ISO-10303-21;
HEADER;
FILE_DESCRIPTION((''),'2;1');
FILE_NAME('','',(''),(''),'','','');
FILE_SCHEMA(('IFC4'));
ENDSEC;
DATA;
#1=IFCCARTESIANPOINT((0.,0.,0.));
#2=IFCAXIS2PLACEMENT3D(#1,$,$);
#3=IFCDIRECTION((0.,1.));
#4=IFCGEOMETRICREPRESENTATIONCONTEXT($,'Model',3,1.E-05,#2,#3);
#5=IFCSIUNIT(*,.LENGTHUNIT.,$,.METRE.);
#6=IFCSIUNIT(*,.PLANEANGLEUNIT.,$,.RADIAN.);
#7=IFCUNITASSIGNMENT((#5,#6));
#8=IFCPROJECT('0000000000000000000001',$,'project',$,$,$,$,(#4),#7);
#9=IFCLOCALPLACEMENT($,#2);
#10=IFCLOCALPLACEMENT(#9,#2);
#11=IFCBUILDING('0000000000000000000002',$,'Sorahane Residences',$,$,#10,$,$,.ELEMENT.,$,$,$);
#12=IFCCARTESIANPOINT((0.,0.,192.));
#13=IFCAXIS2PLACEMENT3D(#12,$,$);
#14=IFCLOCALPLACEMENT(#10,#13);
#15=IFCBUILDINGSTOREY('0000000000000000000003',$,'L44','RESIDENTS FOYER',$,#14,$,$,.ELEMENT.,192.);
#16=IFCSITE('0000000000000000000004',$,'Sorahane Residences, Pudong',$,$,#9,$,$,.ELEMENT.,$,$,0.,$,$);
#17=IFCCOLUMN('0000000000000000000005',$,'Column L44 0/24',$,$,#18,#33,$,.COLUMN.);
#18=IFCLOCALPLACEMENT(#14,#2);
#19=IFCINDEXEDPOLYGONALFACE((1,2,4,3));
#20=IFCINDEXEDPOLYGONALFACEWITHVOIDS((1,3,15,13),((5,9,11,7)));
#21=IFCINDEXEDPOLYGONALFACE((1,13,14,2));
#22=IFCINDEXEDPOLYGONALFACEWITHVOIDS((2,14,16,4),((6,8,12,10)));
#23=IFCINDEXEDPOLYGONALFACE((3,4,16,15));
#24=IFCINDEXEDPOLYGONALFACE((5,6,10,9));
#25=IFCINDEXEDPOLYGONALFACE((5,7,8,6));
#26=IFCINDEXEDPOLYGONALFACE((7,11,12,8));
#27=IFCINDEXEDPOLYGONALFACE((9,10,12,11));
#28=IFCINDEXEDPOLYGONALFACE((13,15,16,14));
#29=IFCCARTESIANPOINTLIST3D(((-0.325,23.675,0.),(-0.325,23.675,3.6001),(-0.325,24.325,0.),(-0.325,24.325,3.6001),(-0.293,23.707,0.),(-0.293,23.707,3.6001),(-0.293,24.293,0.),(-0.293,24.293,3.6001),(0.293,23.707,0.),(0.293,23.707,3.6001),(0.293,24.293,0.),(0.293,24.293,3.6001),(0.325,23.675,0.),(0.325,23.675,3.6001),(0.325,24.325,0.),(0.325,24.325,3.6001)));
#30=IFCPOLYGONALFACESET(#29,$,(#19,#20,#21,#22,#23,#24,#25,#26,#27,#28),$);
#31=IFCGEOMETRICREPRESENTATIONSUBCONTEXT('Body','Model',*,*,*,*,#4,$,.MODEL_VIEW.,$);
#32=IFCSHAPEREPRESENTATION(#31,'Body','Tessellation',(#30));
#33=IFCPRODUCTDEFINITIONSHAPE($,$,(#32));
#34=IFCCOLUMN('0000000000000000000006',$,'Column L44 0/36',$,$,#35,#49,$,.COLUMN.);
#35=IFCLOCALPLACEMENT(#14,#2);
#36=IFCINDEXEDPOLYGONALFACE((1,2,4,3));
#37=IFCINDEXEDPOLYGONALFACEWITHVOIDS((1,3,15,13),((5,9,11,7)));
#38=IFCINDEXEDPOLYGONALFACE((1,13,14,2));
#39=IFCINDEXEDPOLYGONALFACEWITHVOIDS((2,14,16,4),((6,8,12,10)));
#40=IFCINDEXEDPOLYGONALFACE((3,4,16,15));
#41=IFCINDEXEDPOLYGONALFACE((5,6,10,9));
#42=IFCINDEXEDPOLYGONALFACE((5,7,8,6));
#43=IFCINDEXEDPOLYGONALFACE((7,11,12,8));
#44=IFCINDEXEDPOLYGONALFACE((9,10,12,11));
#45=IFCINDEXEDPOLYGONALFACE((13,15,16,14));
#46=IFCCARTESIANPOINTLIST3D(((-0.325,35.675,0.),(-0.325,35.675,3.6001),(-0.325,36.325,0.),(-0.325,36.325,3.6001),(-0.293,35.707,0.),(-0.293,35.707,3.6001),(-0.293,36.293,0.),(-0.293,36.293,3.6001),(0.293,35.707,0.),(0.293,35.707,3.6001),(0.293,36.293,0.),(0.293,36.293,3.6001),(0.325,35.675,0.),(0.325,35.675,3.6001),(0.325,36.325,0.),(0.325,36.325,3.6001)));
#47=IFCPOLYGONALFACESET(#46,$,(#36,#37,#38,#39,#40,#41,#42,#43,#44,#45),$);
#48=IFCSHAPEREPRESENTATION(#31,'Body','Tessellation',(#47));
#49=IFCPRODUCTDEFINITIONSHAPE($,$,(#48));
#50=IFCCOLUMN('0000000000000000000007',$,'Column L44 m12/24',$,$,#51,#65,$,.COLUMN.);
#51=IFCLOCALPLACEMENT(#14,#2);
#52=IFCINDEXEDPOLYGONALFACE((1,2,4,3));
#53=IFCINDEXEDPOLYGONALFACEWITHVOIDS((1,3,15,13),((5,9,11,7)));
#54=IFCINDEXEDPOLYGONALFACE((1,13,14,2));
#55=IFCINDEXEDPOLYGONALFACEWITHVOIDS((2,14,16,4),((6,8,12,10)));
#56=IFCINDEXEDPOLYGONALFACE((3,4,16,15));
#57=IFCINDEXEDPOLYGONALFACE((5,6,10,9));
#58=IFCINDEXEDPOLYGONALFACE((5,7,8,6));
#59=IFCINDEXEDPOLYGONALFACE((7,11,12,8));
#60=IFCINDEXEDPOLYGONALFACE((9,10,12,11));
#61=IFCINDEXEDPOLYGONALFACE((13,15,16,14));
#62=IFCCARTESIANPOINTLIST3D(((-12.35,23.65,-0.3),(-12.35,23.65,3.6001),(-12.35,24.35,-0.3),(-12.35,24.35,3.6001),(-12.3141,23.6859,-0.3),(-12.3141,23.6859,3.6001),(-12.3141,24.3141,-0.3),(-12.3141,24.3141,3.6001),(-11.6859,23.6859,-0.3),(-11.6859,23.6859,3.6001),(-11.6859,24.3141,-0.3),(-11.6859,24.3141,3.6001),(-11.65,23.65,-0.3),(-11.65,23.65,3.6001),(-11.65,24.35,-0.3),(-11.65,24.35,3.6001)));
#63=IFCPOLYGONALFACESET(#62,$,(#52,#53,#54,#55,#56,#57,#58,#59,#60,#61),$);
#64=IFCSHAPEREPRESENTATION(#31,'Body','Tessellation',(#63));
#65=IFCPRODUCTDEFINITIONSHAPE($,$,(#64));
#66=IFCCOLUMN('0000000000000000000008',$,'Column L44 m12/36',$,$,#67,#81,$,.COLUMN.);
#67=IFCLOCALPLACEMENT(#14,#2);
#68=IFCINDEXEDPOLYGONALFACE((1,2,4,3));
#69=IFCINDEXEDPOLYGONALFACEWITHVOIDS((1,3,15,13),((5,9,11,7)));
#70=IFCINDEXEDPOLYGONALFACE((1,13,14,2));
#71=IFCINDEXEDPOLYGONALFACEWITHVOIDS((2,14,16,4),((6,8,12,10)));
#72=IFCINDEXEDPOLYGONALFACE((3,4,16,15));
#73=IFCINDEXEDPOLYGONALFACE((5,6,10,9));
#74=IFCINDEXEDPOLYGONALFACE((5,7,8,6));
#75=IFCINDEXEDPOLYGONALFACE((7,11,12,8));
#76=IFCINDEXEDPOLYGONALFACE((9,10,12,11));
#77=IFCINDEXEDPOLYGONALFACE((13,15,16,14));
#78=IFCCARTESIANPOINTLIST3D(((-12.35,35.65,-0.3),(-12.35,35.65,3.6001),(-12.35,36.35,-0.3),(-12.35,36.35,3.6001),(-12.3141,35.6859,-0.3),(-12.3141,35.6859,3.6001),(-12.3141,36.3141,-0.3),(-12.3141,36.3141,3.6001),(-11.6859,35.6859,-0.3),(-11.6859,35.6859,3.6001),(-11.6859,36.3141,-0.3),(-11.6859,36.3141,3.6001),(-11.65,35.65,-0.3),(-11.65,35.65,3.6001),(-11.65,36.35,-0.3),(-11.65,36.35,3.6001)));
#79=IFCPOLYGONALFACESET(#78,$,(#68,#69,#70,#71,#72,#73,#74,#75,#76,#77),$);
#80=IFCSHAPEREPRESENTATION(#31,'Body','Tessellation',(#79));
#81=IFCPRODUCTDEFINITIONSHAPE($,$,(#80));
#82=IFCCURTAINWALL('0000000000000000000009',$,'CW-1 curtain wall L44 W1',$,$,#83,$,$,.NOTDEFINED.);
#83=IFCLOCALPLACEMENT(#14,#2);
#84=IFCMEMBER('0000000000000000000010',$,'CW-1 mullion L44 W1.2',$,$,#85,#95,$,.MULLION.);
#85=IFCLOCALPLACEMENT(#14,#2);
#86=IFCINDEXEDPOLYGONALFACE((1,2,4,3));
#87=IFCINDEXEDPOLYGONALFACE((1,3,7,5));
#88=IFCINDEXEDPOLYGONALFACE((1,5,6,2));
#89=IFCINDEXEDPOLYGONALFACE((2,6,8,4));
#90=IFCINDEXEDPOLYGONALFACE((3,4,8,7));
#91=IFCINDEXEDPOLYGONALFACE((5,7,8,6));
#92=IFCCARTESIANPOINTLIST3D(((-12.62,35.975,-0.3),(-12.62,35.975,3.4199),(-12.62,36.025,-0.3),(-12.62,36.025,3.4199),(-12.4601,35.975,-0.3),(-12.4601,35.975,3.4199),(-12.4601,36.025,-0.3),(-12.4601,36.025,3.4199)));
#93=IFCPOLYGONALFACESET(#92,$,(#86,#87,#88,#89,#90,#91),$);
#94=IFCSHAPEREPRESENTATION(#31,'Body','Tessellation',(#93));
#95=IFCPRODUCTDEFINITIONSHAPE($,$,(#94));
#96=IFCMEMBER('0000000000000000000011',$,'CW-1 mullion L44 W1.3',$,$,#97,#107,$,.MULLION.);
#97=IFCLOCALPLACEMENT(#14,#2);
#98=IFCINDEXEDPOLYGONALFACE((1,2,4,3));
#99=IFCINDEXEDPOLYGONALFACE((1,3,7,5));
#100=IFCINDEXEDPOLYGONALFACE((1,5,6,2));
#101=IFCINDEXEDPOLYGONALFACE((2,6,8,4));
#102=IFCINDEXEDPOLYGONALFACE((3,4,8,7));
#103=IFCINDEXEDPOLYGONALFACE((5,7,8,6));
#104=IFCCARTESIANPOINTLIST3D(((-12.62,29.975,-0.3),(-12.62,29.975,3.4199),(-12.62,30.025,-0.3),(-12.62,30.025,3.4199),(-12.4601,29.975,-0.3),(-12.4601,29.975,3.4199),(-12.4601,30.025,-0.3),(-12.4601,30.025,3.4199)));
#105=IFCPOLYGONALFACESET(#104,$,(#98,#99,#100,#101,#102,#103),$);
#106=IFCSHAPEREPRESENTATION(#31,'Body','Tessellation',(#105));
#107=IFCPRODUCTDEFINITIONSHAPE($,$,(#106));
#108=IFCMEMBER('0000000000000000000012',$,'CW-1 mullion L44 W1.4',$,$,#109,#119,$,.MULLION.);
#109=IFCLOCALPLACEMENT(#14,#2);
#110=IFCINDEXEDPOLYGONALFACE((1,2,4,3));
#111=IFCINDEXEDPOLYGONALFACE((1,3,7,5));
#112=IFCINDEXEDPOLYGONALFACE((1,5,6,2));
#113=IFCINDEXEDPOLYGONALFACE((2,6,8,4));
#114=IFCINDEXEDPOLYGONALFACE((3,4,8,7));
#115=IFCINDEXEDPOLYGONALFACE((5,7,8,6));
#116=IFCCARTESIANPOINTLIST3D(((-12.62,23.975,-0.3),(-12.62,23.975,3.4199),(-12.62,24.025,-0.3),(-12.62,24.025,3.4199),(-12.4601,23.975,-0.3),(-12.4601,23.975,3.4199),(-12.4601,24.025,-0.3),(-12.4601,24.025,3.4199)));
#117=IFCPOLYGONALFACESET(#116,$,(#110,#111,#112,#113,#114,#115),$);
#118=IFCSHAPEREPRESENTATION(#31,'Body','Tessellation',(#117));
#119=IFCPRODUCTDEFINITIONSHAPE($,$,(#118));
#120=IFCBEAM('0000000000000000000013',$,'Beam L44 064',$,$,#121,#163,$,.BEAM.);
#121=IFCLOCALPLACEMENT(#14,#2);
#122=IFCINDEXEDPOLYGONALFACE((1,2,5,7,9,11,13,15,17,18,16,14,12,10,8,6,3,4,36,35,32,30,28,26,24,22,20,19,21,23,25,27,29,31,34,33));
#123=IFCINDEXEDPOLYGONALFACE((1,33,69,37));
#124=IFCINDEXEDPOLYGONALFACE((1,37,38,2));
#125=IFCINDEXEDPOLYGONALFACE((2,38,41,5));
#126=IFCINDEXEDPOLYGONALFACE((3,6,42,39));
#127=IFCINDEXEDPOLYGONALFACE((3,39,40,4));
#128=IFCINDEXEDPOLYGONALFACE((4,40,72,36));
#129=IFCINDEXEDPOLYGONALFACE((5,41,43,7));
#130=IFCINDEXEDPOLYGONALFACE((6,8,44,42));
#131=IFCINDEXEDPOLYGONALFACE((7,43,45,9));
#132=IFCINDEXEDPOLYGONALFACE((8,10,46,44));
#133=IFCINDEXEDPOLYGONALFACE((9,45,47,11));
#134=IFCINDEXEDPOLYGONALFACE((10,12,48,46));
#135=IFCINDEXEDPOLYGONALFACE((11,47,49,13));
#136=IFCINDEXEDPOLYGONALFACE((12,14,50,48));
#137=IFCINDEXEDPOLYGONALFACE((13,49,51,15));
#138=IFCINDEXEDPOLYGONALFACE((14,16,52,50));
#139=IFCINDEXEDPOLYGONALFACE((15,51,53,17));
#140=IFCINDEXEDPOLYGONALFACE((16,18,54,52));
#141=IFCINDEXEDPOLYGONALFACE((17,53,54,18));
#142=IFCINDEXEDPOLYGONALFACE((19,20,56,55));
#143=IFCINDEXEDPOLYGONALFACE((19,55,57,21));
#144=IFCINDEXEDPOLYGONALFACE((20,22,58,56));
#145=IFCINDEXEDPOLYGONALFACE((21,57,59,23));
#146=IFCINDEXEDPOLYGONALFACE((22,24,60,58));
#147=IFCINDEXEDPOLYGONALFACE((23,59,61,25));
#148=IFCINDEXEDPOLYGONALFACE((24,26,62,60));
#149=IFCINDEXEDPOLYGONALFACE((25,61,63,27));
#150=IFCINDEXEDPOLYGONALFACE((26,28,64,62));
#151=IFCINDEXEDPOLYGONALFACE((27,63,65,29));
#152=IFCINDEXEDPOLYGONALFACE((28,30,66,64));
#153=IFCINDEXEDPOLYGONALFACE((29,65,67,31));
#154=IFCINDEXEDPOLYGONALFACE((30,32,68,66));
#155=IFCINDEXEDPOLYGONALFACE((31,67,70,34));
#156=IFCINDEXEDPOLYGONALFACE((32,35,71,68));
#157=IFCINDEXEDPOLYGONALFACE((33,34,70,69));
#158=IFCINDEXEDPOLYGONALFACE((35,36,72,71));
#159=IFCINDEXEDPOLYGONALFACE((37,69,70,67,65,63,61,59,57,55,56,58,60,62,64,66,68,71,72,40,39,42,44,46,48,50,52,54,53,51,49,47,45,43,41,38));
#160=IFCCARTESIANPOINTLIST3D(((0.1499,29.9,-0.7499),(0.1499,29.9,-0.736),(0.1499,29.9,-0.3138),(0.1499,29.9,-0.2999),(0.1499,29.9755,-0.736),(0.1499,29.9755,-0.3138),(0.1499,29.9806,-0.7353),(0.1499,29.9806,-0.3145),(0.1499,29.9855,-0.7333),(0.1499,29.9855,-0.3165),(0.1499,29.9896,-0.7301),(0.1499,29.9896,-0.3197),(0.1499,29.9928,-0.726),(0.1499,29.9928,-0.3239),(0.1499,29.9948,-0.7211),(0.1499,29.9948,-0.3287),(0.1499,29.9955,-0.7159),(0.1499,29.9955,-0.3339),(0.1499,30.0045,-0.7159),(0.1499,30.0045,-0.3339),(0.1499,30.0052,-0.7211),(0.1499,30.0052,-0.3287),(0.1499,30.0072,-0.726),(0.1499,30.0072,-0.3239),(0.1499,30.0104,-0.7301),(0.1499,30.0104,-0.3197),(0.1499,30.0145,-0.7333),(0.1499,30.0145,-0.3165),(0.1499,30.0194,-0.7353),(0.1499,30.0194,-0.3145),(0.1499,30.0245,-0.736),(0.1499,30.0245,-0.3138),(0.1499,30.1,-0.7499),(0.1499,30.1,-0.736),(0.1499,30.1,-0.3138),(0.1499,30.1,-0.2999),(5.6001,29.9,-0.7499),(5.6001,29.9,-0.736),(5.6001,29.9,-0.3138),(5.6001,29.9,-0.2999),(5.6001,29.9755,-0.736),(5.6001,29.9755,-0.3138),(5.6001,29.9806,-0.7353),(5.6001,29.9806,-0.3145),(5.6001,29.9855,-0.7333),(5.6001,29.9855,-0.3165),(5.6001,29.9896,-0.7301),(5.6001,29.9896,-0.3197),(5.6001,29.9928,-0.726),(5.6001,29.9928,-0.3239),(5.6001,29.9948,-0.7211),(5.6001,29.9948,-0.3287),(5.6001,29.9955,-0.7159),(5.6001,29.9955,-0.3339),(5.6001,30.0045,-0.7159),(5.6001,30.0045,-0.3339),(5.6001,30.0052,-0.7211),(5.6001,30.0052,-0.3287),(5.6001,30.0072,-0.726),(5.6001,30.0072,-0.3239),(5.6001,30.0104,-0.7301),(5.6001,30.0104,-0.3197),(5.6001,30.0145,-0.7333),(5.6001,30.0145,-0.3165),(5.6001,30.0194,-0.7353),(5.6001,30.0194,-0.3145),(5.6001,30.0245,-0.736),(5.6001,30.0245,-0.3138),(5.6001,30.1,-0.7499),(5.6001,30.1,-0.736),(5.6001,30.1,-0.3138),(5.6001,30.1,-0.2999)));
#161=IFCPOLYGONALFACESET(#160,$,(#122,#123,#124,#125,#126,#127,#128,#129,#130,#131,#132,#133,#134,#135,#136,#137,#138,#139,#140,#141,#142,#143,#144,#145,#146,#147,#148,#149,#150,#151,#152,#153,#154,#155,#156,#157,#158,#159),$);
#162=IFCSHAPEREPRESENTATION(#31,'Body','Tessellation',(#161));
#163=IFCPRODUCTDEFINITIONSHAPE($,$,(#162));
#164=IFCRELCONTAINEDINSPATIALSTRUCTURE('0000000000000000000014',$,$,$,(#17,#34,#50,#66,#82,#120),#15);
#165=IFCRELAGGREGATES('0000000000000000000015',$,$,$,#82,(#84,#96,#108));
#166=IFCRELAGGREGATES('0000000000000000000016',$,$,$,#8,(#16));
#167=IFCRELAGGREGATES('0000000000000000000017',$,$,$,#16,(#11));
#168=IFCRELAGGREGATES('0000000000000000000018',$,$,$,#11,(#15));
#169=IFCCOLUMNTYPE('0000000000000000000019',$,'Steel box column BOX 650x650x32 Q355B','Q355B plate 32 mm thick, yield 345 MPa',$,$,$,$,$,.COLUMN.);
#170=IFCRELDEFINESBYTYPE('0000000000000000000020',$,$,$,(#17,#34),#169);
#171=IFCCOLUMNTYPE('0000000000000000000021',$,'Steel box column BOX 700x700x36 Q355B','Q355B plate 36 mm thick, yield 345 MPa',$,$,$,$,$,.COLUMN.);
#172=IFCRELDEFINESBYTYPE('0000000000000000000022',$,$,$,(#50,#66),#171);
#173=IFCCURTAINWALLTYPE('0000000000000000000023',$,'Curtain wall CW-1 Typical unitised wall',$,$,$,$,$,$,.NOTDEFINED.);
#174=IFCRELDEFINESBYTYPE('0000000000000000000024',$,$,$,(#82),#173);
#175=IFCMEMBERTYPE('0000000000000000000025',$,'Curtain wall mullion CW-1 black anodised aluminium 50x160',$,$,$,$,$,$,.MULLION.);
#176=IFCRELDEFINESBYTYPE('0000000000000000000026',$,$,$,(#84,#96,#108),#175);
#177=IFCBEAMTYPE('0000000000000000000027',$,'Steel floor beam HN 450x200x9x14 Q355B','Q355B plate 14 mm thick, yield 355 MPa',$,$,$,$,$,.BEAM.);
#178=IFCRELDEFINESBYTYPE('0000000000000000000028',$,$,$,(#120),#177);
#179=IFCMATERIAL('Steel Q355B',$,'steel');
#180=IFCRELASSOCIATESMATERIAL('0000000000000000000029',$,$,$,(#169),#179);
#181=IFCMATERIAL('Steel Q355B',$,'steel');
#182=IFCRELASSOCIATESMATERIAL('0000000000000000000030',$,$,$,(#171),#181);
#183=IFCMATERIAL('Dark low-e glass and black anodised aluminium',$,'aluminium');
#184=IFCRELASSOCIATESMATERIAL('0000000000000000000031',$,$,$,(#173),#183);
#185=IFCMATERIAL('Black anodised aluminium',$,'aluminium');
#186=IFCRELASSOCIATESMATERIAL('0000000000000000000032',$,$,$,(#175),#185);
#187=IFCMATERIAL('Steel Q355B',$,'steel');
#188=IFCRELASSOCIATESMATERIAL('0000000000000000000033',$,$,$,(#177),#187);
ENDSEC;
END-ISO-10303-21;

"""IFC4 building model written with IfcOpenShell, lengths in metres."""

from ifc_helpers import new_model, si_unit, direction, frame, origin, origin_2d, place, context, subcontext, project, spatial, rectangle, hollow_rectangle, i_section, extrude, material, material_profile, profile_set, type_object, element, aggregate, save


model = new_model("IFC4")

# Units and contexts
model_context = context("Model", 3, precision=1e-05, world=origin(), true_north=direction((0.0, 1.0)))
body_context = subcontext(model_context, "Body", "Model", "MODEL_VIEW")
ifc_project = project(units=[si_unit("LENGTHUNIT", "METRE"), si_unit("PLANEANGLEUNIT", "RADIAN")], contexts=[model_context])

# Site, building, storey
site_placement = place(None, origin())
site = spatial("IfcSite", under=ifc_project, at=site_placement, Name="Sorahane Residences, Pudong", CompositionType="ELEMENT", RefElevation=0.0)
building_placement = place(site_placement, origin())
building = spatial("IfcBuilding", under=site, at=building_placement, Name="Sorahane Residences", CompositionType="ELEMENT")
storey_placement = place(building_placement, frame((0.0, 0.0, 192.0)))
storey = spatial("IfcBuildingStorey", under=building, at=storey_placement, Name="L44", Description="RESIDENTS FOYER", CompositionType="ELEMENT", Elevation=192.0)

# Columns
ifc_material_1 = material(Name="Steel Q355B", Category="steel")
ifc_material_profile_1 = material_profile(ifc_material_1, hollow_rectangle(XDim=0.6499, YDim=0.6499, WallThickness=0.032, at=origin_2d()), Name="BOX 650x650x32")
ifc_profile_set_1 = profile_set([ifc_material_profile_1], Name="Steel Q355B")
column_type_1 = type_object("IfcColumnType", Name="Steel box column BOX 650x650x32 Q355B", Description="Q355B plate 32 mm thick, yield 345 MPa", PredefinedType="COLUMN", material=ifc_profile_set_1)
for number, where, z_axis, x_axis, name in (
    (1, (0.0, 24.0, 0.0), (0.0, 0.0, 1.0), (1.0, 0.0, 0.0), "Column L44 0/24"),
    (2, (0.0, 36.0, 0.0), (0.0, 0.0, 1.0), (1.0, 0.0, 0.0), "Column L44 0/36"),
):
    element("IfcColumn", number, at=place(storey_placement, frame(where, z_axis=z_axis, x_axis=x_axis)), inside=storey, type_object=column_type_1, Name=name, PredefinedType="COLUMN", context=body_context, shape_type="SweptSolid", body=[
        extrude(hollow_rectangle(XDim=0.6499, YDim=0.6499, WallThickness=0.032, at=origin_2d()), origin(), (0.0, 0.0, 1.0), 3.6001),
    ])
ifc_material_2 = material(Name="Steel Q355B", Category="steel")
ifc_material_profile_2 = material_profile(ifc_material_2, hollow_rectangle(XDim=0.7, YDim=0.7, WallThickness=0.0359, at=origin_2d()), Name="BOX 700x700x36")
ifc_profile_set_2 = profile_set([ifc_material_profile_2], Name="Steel Q355B")
column_type_2 = type_object("IfcColumnType", Name="Steel box column BOX 700x700x36 Q355B", Description="Q355B plate 36 mm thick, yield 345 MPa", PredefinedType="COLUMN", material=ifc_profile_set_2)
for number, where, z_axis, x_axis, name in (
    (3, (-12.0, 24.0, -0.3), (0.0, 0.0, 1.0), (1.0, 0.0, 0.0), "Column L44 m12/24"),
    (4, (-12.0, 36.0, -0.3), (0.0, 0.0, 1.0), (1.0, 0.0, 0.0), "Column L44 m12/36"),
):
    element("IfcColumn", number, at=place(storey_placement, frame(where, z_axis=z_axis, x_axis=x_axis)), inside=storey, type_object=column_type_2, Name=name, PredefinedType="COLUMN", context=body_context, shape_type="SweptSolid", body=[
        extrude(hollow_rectangle(XDim=0.7, YDim=0.7, WallThickness=0.0359, at=origin_2d()), origin(), (0.0, 0.0, 1.0), 3.9001),
    ])

# Curtain wall, members
ifc_material_3 = material(Name="Dark low-e glass and black anodised aluminium", Category="aluminium")
curtain_wall_type = type_object("IfcCurtainWallType", Name="Curtain wall CW-1 Typical unitised wall", PredefinedType="NOTDEFINED", material=ifc_material_3)
curtain_wall_placement = place(storey_placement, origin())
curtain_wall = element("IfcCurtainWall", 5, at=curtain_wall_placement, inside=storey, type_object=curtain_wall_type, Name="CW-1 curtain wall L44 W1", PredefinedType="NOTDEFINED")
ifc_material_4 = material(Name="Black anodised aluminium", Category="aluminium")
ifc_material_profile_3 = material_profile(ifc_material_4, rectangle(XDim=0.1599, YDim=0.05, at=origin_2d()), Name="Curtain wall mullion CW-1 black anodised aluminium 50x160")
ifc_profile_set_3 = profile_set([ifc_material_profile_3], Name="Black anodised aluminium")
member_type = type_object("IfcMemberType", Name="Curtain wall mullion CW-1 black anodised aluminium 50x160", PredefinedType="MULLION", material=ifc_profile_set_3)
member_1_placement = place(storey_placement, frame((-12.54, 36.0, -0.3), z_axis=(0.0, 0.0, 1.0), x_axis=(-1.0, 0.0, 0.0)))
member_1 = element("IfcMember", 6, at=member_1_placement, type_object=member_type, Name="CW-1 mullion L44 W1.2", PredefinedType="MULLION", context=body_context, shape_type="SweptSolid", body=[
    extrude(rectangle(XDim=0.1599, YDim=0.05, at=origin_2d()), origin(), (0.0, 0.0, 1.0), 3.72),
])
member_2_placement = place(storey_placement, frame((-12.54, 30.0, -0.3), z_axis=(0.0, 0.0, 1.0), x_axis=(-1.0, 0.0, 0.0)))
member_2 = element("IfcMember", 7, at=member_2_placement, type_object=member_type, Name="CW-1 mullion L44 W1.3", PredefinedType="MULLION", context=body_context, shape_type="SweptSolid", body=[
    extrude(rectangle(XDim=0.1599, YDim=0.05, at=origin_2d()), origin(), (0.0, 0.0, 1.0), 3.72),
])
member_3_placement = place(storey_placement, frame((-12.54, 24.0, -0.3), z_axis=(0.0, 0.0, 1.0), x_axis=(-1.0, 0.0, 0.0)))
member_3 = element("IfcMember", 8, at=member_3_placement, type_object=member_type, Name="CW-1 mullion L44 W1.4", PredefinedType="MULLION", context=body_context, shape_type="SweptSolid", body=[
    extrude(rectangle(XDim=0.1599, YDim=0.05, at=origin_2d()), origin(), (0.0, 0.0, 1.0), 3.72),
])

# Beam
ifc_material_5 = material(Name="Steel Q355B", Category="steel")
ifc_material_profile_4 = material_profile(ifc_material_5, i_section(OverallWidth=0.2, OverallDepth=0.45, WebThickness=0.009, FlangeThickness=0.0139, FilletRadius=0.02, at=origin_2d()), Name="HN 450x200x9x14")
ifc_profile_set_4 = profile_set([ifc_material_profile_4], Name="Steel Q355B")
beam_type_1 = type_object("IfcBeamType", Name="Steel floor beam HN 450x200x9x14 Q355B", Description="Q355B plate 14 mm thick, yield 355 MPa", PredefinedType="BEAM", material=ifc_profile_set_4)
beam_1_placement = place(storey_placement, frame((0.1499, 30.0, -0.5249), z_axis=(1.0, 0.0, 0.0), x_axis=(0.0, 1.0, 0.0)))
element("IfcBeam", 9, at=beam_1_placement, inside=storey, type_object=beam_type_1, Name="Beam L44 064", PredefinedType="BEAM", context=body_context, shape_type="SweptSolid", body=[
    extrude(i_section(OverallWidth=0.2, OverallDepth=0.45, WebThickness=0.009, FlangeThickness=0.0139, FilletRadius=0.02, at=origin_2d()), origin(), (0.0, 0.0, 1.0), 5.4502),
])

aggregate(curtain_wall, [member_1, member_2, member_3])

save(model, "model.ifc")
